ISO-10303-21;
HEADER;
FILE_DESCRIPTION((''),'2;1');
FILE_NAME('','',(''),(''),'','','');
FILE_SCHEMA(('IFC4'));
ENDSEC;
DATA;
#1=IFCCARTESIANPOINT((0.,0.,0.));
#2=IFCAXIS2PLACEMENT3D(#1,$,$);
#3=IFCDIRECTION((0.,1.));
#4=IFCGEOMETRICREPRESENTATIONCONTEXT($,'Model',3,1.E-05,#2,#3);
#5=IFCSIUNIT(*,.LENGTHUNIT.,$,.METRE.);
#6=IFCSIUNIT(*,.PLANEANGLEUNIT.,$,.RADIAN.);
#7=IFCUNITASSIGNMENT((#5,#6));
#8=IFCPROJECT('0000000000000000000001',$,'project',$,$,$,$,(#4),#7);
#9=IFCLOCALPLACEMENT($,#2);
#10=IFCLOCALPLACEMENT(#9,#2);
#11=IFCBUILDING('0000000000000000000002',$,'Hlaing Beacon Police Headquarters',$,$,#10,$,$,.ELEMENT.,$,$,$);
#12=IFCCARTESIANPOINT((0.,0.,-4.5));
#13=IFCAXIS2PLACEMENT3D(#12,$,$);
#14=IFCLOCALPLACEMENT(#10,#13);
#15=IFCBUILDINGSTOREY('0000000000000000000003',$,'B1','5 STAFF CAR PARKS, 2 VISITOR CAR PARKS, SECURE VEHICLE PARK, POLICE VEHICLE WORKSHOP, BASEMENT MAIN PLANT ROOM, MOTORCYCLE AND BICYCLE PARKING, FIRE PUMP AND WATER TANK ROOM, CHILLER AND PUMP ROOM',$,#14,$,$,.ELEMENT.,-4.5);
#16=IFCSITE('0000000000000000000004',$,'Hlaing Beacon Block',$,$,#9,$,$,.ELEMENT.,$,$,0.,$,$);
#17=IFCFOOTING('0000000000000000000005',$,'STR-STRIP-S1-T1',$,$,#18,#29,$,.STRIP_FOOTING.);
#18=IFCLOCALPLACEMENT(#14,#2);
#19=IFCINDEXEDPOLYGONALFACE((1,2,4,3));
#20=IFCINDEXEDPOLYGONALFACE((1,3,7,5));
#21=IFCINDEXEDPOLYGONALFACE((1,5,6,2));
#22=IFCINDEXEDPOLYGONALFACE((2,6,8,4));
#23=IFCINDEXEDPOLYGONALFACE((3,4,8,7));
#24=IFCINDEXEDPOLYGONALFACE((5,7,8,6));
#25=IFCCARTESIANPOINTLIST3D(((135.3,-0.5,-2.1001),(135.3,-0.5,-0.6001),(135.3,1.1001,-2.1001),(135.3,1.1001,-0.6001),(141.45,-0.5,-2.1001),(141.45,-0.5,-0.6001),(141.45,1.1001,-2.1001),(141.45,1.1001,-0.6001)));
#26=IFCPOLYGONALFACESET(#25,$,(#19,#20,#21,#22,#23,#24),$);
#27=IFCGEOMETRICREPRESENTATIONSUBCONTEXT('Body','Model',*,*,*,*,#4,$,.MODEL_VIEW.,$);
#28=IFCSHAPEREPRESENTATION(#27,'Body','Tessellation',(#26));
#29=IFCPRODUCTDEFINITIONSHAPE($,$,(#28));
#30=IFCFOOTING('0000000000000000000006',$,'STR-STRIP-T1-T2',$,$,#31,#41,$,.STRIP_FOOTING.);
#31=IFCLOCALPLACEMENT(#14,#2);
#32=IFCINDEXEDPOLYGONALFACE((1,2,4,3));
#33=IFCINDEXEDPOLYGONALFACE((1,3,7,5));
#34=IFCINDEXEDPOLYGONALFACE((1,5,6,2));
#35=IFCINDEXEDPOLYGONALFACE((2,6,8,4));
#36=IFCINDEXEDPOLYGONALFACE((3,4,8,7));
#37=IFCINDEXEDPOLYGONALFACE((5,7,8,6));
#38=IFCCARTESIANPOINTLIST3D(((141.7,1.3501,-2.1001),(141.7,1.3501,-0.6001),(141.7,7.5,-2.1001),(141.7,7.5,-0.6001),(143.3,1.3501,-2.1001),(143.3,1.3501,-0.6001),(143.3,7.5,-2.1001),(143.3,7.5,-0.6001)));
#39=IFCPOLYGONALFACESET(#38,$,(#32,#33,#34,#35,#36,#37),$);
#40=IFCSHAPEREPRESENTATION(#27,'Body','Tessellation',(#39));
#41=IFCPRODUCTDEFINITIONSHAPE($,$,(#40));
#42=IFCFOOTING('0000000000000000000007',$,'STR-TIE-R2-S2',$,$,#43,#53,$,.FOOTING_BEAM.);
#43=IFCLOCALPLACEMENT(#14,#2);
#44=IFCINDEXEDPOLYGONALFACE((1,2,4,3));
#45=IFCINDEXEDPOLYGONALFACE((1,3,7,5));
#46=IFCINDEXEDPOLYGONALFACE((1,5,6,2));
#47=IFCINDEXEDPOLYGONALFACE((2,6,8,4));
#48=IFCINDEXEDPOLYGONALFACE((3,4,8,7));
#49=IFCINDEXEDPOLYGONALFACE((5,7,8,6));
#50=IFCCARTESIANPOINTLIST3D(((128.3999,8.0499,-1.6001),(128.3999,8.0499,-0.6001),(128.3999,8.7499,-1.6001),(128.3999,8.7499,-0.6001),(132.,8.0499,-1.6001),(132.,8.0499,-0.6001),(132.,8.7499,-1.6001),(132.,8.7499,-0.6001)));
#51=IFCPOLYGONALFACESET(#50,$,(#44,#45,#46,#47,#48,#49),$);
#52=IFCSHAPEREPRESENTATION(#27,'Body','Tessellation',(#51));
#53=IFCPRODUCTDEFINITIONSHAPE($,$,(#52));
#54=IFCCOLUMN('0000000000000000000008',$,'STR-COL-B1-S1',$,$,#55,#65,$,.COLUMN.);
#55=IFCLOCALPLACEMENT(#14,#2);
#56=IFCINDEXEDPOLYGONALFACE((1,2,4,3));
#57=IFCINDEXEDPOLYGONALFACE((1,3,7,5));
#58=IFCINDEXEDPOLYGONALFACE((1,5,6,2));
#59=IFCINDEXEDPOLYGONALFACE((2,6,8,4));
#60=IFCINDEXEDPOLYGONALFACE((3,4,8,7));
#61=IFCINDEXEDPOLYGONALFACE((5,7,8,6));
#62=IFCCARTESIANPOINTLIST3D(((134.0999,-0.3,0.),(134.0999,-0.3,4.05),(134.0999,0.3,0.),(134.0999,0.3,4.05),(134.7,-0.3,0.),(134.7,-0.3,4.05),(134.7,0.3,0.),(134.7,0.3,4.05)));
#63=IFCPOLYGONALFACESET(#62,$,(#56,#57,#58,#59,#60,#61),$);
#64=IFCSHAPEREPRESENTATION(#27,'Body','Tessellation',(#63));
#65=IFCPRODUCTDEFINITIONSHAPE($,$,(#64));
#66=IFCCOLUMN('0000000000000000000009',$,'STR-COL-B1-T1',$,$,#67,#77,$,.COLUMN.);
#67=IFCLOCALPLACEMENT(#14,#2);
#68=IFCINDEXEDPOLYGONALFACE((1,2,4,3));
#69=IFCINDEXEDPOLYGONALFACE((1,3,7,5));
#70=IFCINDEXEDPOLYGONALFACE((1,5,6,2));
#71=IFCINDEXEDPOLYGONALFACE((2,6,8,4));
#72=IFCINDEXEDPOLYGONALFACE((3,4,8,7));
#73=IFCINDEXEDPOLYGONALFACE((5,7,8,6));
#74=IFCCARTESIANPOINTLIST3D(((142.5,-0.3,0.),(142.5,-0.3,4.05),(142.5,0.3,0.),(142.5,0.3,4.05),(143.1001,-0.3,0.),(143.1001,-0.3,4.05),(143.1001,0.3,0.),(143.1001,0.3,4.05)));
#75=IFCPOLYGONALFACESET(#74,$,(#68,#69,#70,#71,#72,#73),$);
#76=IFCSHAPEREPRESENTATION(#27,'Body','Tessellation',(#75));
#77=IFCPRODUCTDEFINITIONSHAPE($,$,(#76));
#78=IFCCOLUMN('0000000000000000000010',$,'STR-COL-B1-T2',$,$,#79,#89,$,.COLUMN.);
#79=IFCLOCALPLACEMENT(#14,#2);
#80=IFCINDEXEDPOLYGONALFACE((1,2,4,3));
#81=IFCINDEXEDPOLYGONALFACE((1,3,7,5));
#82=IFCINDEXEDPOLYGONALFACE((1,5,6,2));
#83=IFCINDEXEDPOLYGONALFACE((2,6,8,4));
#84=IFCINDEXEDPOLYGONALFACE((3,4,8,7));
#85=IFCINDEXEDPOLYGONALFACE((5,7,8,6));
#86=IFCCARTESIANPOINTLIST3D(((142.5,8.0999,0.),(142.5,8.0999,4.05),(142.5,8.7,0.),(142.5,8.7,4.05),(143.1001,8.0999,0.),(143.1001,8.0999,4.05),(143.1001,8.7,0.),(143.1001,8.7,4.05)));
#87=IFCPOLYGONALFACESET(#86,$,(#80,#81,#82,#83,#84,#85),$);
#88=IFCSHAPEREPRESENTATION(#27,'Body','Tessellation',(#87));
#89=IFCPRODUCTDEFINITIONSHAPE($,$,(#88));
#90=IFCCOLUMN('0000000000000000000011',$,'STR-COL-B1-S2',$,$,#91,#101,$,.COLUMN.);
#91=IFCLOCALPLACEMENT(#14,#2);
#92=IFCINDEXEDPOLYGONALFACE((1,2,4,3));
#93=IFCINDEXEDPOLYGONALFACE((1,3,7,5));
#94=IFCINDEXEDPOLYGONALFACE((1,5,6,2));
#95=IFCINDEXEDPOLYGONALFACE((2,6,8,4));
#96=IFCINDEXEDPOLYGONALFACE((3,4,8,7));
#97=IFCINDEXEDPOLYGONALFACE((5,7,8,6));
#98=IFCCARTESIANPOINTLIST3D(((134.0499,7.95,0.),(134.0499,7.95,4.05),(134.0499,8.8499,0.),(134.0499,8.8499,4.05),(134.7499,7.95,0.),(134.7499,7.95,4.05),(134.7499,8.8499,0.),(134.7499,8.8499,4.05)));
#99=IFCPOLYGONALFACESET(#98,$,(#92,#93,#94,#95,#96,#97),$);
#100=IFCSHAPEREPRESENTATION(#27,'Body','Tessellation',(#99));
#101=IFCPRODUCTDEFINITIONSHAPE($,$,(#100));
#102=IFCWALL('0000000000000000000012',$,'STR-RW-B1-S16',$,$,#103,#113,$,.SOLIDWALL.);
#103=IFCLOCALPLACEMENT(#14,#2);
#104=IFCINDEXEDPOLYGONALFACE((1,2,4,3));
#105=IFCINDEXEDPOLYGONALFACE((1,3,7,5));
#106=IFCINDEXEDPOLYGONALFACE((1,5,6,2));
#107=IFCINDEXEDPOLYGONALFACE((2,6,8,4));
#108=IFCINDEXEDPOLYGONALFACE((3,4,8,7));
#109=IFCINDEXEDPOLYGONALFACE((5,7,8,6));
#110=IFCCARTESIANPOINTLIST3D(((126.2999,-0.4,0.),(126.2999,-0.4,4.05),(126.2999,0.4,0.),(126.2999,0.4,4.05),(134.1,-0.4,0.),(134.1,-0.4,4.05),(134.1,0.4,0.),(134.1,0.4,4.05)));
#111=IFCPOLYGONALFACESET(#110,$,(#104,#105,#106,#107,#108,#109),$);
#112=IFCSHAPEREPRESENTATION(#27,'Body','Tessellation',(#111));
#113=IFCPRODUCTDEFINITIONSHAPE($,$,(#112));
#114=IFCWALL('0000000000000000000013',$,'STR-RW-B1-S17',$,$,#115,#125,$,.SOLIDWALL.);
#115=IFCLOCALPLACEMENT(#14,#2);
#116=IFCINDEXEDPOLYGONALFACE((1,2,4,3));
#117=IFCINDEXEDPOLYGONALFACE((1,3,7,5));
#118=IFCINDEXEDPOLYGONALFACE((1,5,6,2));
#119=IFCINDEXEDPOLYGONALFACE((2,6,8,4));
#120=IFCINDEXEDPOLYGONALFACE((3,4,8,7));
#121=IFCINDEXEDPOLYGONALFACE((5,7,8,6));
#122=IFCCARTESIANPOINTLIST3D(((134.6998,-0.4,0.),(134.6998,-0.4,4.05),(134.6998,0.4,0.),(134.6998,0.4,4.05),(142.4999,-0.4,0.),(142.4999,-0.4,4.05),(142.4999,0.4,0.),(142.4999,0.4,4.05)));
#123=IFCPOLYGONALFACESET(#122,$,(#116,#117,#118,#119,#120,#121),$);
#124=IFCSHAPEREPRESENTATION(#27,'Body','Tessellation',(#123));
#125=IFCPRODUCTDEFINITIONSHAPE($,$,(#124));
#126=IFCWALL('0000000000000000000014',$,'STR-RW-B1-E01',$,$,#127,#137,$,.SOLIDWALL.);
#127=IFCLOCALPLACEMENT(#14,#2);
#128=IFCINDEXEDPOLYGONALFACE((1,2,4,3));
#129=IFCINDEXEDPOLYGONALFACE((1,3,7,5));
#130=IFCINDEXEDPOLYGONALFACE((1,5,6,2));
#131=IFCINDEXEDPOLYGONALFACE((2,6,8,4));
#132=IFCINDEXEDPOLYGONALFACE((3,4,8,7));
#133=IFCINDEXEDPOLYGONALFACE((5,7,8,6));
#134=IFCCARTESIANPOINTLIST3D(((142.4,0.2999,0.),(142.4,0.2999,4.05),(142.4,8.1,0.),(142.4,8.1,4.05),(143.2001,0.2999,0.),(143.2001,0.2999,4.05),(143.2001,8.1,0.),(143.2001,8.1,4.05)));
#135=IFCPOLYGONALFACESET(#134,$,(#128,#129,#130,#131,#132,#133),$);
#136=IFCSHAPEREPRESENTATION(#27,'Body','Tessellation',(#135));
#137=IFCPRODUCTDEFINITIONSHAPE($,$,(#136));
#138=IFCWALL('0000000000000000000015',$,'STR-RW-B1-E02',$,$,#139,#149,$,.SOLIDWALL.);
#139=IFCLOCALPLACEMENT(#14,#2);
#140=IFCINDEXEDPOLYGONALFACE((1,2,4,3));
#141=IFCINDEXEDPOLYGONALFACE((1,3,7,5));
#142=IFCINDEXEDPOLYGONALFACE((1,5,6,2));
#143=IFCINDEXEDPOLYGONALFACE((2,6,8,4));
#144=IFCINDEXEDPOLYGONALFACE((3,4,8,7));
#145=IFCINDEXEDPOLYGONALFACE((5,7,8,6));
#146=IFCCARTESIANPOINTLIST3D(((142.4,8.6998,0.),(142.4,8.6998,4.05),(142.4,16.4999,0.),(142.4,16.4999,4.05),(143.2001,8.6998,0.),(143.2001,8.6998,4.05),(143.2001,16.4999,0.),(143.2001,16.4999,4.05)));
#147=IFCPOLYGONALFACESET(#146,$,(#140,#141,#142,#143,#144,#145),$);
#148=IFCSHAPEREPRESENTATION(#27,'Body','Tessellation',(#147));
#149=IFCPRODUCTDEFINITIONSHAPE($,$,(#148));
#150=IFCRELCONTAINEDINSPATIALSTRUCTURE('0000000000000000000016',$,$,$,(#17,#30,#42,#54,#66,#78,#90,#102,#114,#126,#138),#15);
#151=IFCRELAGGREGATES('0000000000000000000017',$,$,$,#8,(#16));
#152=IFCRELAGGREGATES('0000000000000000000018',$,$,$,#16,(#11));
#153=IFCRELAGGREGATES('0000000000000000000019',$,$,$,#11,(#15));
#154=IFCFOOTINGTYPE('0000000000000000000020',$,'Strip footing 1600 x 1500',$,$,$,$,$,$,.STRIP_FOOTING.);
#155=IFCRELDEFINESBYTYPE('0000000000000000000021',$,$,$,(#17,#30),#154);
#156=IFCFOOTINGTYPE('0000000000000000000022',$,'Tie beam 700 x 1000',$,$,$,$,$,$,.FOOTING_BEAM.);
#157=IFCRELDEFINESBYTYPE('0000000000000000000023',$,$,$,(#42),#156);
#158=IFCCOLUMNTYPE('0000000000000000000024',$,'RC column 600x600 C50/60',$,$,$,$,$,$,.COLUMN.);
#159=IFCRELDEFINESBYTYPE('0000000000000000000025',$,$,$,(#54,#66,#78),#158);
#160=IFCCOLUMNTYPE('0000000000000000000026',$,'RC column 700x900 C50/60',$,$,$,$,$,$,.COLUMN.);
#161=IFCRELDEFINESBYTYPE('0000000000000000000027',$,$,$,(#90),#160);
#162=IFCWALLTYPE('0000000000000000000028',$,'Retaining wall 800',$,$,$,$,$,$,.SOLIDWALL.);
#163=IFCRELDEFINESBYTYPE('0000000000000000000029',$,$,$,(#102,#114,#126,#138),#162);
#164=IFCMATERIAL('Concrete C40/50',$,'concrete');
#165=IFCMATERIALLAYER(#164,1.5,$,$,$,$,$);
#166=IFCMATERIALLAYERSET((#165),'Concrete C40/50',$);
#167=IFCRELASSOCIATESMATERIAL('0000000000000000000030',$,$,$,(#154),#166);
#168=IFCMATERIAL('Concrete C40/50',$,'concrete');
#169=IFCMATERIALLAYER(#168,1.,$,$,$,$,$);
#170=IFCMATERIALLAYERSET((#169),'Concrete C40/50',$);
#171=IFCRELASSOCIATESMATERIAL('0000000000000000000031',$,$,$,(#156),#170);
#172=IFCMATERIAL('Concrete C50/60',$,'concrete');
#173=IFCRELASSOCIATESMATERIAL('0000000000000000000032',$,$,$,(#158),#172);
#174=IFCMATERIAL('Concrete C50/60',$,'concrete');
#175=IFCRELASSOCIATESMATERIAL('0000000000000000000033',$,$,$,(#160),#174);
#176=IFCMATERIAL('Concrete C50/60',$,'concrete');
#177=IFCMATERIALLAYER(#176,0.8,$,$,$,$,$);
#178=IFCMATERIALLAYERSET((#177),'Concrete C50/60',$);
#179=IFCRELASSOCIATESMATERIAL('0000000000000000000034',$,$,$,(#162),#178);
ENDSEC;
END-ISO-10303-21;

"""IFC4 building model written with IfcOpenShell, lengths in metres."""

from ifc_helpers import new_model, si_unit, direction, frame, frame_2d, origin, origin_2d, place, context, subcontext, project, spatial, rectangle, extrude, material, layer, layer_set, material_profile, profile_set, type_object, element, save


model = new_model("IFC4")

# Units and contexts
model_context = context("Model", 3, precision=1e-05, world=origin(), true_north=direction((0.0, 1.0)))
body_context = subcontext(model_context, "Body", "Model", "MODEL_VIEW")
ifc_project = project(units=[si_unit("LENGTHUNIT", "METRE"), si_unit("PLANEANGLEUNIT", "RADIAN")], contexts=[model_context])

# Site, building, storey
site_placement = place(None, origin())
site = spatial("IfcSite", under=ifc_project, at=site_placement, Name="Hlaing Beacon Block", CompositionType="ELEMENT", RefElevation=0.0)
building_placement = place(site_placement, origin())
building = spatial("IfcBuilding", under=site, at=building_placement, Name="Hlaing Beacon Police Headquarters", CompositionType="ELEMENT")
storey_placement = place(building_placement, frame((0.0, 0.0, -4.5)))
storey = spatial("IfcBuildingStorey", under=building, at=storey_placement, Name="B1", Description="5 STAFF CAR PARKS, 2 VISITOR CAR PARKS, SECURE VEHICLE PARK, POLICE VEHICLE WORKSHOP, BASEMENT MAIN PLANT ROOM, MOTORCYCLE AND BICYCLE PARKING, FIRE PUMP AND WATER TANK ROOM, CHILLER AND PUMP ROOM", CompositionType="ELEMENT", Elevation=-4.5)

# Footings
ifc_material_1 = material(Name="Concrete C40/50", Category="concrete")
ifc_layer_1 = layer(ifc_material_1, 1.5)
ifc_layer_set_1 = layer_set([ifc_layer_1], Name="Concrete C40/50")
footing_type_1 = type_object("IfcFootingType", Name="Strip footing 1600 x 1500", PredefinedType="STRIP_FOOTING", material=ifc_layer_set_1)
footing_1_placement = place(storey_placement, frame((138.375, 0.3, -2.1001), z_axis=(0.0, 0.0, 1.0), x_axis=(1.0, 0.0, 0.0)))
element("IfcFooting", 1, at=footing_1_placement, inside=storey, type_object=footing_type_1, Name="STR-STRIP-S1-T1", PredefinedType="STRIP_FOOTING", context=body_context, shape_type="SweptSolid", body=[
    extrude(rectangle(XDim=6.1499, YDim=1.6001, at=origin_2d()), origin(), (0.0, 0.0, 1.0), 1.5),
])
footing_2_placement = place(storey_placement, frame((142.5, 4.425, -2.1001), z_axis=(0.0, 0.0, 1.0), x_axis=(1.0, 0.0, 0.0)))
element("IfcFooting", 2, at=footing_2_placement, inside=storey, type_object=footing_type_1, Name="STR-STRIP-T1-T2", PredefinedType="STRIP_FOOTING", context=body_context, shape_type="SweptSolid", body=[
    extrude(rectangle(XDim=1.6001, YDim=6.1499, at=origin_2d()), origin(), (0.0, 0.0, 1.0), 1.5),
])
ifc_material_2 = material(Name="Concrete C40/50", Category="concrete")
ifc_layer_2 = layer(ifc_material_2, 1.0)
ifc_layer_set_2 = layer_set([ifc_layer_2], Name="Concrete C40/50")
footing_type_2 = type_object("IfcFootingType", Name="Tie beam 700 x 1000", PredefinedType="FOOTING_BEAM", material=ifc_layer_set_2)
footing_3_placement = place(storey_placement, frame((130.2, 8.3999, -1.6001), z_axis=(0.0, 0.0, 1.0), x_axis=(1.0, 0.0, 0.0)))
element("IfcFooting", 3, at=footing_3_placement, inside=storey, type_object=footing_type_2, Name="STR-TIE-R2-S2", PredefinedType="FOOTING_BEAM", context=body_context, shape_type="SweptSolid", body=[
    extrude(rectangle(XDim=3.6001, YDim=0.7, at=origin_2d()), origin(), (0.0, 0.0, 1.0), 1.0),
])

# Columns
ifc_material_3 = material(Name="Concrete C50/60", Category="concrete")
ifc_material_profile_1 = material_profile(ifc_material_3, rectangle(XDim=0.6001, YDim=0.6001, at=origin_2d()), Name="600x600")
ifc_profile_set_1 = profile_set([ifc_material_profile_1], Name="Concrete C50/60")
column_type_1 = type_object("IfcColumnType", Name="RC column 600x600 C50/60", PredefinedType="COLUMN", material=ifc_profile_set_1)
for number, where, z_axis, x_axis, name in (
    (4, (134.3999, 0.0, 0.0), (0.0, 0.0, 1.0), (1.0, 0.0, 0.0), "STR-COL-B1-S1"),
    (5, (142.8, 0.0, 0.0), (0.0, 0.0, 1.0), (1.0, 0.0, 0.0), "STR-COL-B1-T1"),
    (6, (142.8, 8.3999, 0.0), (0.0, 0.0, 1.0), (1.0, 0.0, 0.0), "STR-COL-B1-T2"),
):
    element("IfcColumn", number, at=place(storey_placement, frame(where, z_axis=z_axis, x_axis=x_axis)), inside=storey, type_object=column_type_1, Name=name, PredefinedType="COLUMN", context=body_context, shape_type="SweptSolid", body=[
        extrude(rectangle(XDim=0.6001, YDim=0.6001, at=origin_2d()), origin(), (0.0, 0.0, 1.0), 4.05),
    ])
ifc_material_4 = material(Name="Concrete C50/60", Category="concrete")
ifc_material_profile_2 = material_profile(ifc_material_4, rectangle(XDim=0.7, YDim=0.8999, at=origin_2d()), Name="700x900")
ifc_profile_set_2 = profile_set([ifc_material_profile_2], Name="Concrete C50/60")
column_type_2 = type_object("IfcColumnType", Name="RC column 700x900 C50/60", PredefinedType="COLUMN", material=ifc_profile_set_2)
column_placement = place(storey_placement, frame((134.3999, 8.3999, 0.0), z_axis=(0.0, 0.0, 1.0), x_axis=(1.0, 0.0, 0.0)))
element("IfcColumn", 7, at=column_placement, inside=storey, type_object=column_type_2, Name="STR-COL-B1-S2", PredefinedType="COLUMN", context=body_context, shape_type="SweptSolid", body=[
    extrude(rectangle(XDim=0.7, YDim=0.8999, at=origin_2d()), origin(), (0.0, 0.0, 1.0), 4.05),
])

# Walls
ifc_material_5 = material(Name="Concrete C50/60", Category="concrete")
ifc_layer_3 = layer(ifc_material_5, 0.8)
ifc_layer_set_3 = layer_set([ifc_layer_3], Name="Concrete C50/60")
wall_type = type_object("IfcWallType", Name="Retaining wall 800", PredefinedType="SOLIDWALL", material=ifc_layer_set_3)
for number, where, z_axis, x_axis, name in (
    (8, (126.3, 0.0, 0.0), (0.0, 0.0, 1.0), (1.0, 0.0, 0.0), "STR-RW-B1-S16"),
    (9, (134.7, 0.0, 0.0), (0.0, 0.0, 1.0), (1.0, 0.0, 0.0), "STR-RW-B1-S17"),
    (10, (142.8, 0.3, 0.0), (0.0, 0.0, 1.0), (0.0, 1.0, 0.0), "STR-RW-B1-E01"),
    (11, (142.8, 8.7, 0.0), (0.0, 0.0, 1.0), (0.0, 1.0, 0.0), "STR-RW-B1-E02"),
):
    element("IfcWall", number, at=place(storey_placement, frame(where, z_axis=z_axis, x_axis=x_axis)), inside=storey, type_object=wall_type, Name=name, PredefinedType="SOLIDWALL", context=body_context, shape_type="SweptSolid", body=[
        extrude(rectangle(XDim=7.8, YDim=0.8, at=frame_2d((3.8999, 0.0))), origin(), (0.0, 0.0, 1.0), 4.05),
    ])

save(model, "model.ifc")
